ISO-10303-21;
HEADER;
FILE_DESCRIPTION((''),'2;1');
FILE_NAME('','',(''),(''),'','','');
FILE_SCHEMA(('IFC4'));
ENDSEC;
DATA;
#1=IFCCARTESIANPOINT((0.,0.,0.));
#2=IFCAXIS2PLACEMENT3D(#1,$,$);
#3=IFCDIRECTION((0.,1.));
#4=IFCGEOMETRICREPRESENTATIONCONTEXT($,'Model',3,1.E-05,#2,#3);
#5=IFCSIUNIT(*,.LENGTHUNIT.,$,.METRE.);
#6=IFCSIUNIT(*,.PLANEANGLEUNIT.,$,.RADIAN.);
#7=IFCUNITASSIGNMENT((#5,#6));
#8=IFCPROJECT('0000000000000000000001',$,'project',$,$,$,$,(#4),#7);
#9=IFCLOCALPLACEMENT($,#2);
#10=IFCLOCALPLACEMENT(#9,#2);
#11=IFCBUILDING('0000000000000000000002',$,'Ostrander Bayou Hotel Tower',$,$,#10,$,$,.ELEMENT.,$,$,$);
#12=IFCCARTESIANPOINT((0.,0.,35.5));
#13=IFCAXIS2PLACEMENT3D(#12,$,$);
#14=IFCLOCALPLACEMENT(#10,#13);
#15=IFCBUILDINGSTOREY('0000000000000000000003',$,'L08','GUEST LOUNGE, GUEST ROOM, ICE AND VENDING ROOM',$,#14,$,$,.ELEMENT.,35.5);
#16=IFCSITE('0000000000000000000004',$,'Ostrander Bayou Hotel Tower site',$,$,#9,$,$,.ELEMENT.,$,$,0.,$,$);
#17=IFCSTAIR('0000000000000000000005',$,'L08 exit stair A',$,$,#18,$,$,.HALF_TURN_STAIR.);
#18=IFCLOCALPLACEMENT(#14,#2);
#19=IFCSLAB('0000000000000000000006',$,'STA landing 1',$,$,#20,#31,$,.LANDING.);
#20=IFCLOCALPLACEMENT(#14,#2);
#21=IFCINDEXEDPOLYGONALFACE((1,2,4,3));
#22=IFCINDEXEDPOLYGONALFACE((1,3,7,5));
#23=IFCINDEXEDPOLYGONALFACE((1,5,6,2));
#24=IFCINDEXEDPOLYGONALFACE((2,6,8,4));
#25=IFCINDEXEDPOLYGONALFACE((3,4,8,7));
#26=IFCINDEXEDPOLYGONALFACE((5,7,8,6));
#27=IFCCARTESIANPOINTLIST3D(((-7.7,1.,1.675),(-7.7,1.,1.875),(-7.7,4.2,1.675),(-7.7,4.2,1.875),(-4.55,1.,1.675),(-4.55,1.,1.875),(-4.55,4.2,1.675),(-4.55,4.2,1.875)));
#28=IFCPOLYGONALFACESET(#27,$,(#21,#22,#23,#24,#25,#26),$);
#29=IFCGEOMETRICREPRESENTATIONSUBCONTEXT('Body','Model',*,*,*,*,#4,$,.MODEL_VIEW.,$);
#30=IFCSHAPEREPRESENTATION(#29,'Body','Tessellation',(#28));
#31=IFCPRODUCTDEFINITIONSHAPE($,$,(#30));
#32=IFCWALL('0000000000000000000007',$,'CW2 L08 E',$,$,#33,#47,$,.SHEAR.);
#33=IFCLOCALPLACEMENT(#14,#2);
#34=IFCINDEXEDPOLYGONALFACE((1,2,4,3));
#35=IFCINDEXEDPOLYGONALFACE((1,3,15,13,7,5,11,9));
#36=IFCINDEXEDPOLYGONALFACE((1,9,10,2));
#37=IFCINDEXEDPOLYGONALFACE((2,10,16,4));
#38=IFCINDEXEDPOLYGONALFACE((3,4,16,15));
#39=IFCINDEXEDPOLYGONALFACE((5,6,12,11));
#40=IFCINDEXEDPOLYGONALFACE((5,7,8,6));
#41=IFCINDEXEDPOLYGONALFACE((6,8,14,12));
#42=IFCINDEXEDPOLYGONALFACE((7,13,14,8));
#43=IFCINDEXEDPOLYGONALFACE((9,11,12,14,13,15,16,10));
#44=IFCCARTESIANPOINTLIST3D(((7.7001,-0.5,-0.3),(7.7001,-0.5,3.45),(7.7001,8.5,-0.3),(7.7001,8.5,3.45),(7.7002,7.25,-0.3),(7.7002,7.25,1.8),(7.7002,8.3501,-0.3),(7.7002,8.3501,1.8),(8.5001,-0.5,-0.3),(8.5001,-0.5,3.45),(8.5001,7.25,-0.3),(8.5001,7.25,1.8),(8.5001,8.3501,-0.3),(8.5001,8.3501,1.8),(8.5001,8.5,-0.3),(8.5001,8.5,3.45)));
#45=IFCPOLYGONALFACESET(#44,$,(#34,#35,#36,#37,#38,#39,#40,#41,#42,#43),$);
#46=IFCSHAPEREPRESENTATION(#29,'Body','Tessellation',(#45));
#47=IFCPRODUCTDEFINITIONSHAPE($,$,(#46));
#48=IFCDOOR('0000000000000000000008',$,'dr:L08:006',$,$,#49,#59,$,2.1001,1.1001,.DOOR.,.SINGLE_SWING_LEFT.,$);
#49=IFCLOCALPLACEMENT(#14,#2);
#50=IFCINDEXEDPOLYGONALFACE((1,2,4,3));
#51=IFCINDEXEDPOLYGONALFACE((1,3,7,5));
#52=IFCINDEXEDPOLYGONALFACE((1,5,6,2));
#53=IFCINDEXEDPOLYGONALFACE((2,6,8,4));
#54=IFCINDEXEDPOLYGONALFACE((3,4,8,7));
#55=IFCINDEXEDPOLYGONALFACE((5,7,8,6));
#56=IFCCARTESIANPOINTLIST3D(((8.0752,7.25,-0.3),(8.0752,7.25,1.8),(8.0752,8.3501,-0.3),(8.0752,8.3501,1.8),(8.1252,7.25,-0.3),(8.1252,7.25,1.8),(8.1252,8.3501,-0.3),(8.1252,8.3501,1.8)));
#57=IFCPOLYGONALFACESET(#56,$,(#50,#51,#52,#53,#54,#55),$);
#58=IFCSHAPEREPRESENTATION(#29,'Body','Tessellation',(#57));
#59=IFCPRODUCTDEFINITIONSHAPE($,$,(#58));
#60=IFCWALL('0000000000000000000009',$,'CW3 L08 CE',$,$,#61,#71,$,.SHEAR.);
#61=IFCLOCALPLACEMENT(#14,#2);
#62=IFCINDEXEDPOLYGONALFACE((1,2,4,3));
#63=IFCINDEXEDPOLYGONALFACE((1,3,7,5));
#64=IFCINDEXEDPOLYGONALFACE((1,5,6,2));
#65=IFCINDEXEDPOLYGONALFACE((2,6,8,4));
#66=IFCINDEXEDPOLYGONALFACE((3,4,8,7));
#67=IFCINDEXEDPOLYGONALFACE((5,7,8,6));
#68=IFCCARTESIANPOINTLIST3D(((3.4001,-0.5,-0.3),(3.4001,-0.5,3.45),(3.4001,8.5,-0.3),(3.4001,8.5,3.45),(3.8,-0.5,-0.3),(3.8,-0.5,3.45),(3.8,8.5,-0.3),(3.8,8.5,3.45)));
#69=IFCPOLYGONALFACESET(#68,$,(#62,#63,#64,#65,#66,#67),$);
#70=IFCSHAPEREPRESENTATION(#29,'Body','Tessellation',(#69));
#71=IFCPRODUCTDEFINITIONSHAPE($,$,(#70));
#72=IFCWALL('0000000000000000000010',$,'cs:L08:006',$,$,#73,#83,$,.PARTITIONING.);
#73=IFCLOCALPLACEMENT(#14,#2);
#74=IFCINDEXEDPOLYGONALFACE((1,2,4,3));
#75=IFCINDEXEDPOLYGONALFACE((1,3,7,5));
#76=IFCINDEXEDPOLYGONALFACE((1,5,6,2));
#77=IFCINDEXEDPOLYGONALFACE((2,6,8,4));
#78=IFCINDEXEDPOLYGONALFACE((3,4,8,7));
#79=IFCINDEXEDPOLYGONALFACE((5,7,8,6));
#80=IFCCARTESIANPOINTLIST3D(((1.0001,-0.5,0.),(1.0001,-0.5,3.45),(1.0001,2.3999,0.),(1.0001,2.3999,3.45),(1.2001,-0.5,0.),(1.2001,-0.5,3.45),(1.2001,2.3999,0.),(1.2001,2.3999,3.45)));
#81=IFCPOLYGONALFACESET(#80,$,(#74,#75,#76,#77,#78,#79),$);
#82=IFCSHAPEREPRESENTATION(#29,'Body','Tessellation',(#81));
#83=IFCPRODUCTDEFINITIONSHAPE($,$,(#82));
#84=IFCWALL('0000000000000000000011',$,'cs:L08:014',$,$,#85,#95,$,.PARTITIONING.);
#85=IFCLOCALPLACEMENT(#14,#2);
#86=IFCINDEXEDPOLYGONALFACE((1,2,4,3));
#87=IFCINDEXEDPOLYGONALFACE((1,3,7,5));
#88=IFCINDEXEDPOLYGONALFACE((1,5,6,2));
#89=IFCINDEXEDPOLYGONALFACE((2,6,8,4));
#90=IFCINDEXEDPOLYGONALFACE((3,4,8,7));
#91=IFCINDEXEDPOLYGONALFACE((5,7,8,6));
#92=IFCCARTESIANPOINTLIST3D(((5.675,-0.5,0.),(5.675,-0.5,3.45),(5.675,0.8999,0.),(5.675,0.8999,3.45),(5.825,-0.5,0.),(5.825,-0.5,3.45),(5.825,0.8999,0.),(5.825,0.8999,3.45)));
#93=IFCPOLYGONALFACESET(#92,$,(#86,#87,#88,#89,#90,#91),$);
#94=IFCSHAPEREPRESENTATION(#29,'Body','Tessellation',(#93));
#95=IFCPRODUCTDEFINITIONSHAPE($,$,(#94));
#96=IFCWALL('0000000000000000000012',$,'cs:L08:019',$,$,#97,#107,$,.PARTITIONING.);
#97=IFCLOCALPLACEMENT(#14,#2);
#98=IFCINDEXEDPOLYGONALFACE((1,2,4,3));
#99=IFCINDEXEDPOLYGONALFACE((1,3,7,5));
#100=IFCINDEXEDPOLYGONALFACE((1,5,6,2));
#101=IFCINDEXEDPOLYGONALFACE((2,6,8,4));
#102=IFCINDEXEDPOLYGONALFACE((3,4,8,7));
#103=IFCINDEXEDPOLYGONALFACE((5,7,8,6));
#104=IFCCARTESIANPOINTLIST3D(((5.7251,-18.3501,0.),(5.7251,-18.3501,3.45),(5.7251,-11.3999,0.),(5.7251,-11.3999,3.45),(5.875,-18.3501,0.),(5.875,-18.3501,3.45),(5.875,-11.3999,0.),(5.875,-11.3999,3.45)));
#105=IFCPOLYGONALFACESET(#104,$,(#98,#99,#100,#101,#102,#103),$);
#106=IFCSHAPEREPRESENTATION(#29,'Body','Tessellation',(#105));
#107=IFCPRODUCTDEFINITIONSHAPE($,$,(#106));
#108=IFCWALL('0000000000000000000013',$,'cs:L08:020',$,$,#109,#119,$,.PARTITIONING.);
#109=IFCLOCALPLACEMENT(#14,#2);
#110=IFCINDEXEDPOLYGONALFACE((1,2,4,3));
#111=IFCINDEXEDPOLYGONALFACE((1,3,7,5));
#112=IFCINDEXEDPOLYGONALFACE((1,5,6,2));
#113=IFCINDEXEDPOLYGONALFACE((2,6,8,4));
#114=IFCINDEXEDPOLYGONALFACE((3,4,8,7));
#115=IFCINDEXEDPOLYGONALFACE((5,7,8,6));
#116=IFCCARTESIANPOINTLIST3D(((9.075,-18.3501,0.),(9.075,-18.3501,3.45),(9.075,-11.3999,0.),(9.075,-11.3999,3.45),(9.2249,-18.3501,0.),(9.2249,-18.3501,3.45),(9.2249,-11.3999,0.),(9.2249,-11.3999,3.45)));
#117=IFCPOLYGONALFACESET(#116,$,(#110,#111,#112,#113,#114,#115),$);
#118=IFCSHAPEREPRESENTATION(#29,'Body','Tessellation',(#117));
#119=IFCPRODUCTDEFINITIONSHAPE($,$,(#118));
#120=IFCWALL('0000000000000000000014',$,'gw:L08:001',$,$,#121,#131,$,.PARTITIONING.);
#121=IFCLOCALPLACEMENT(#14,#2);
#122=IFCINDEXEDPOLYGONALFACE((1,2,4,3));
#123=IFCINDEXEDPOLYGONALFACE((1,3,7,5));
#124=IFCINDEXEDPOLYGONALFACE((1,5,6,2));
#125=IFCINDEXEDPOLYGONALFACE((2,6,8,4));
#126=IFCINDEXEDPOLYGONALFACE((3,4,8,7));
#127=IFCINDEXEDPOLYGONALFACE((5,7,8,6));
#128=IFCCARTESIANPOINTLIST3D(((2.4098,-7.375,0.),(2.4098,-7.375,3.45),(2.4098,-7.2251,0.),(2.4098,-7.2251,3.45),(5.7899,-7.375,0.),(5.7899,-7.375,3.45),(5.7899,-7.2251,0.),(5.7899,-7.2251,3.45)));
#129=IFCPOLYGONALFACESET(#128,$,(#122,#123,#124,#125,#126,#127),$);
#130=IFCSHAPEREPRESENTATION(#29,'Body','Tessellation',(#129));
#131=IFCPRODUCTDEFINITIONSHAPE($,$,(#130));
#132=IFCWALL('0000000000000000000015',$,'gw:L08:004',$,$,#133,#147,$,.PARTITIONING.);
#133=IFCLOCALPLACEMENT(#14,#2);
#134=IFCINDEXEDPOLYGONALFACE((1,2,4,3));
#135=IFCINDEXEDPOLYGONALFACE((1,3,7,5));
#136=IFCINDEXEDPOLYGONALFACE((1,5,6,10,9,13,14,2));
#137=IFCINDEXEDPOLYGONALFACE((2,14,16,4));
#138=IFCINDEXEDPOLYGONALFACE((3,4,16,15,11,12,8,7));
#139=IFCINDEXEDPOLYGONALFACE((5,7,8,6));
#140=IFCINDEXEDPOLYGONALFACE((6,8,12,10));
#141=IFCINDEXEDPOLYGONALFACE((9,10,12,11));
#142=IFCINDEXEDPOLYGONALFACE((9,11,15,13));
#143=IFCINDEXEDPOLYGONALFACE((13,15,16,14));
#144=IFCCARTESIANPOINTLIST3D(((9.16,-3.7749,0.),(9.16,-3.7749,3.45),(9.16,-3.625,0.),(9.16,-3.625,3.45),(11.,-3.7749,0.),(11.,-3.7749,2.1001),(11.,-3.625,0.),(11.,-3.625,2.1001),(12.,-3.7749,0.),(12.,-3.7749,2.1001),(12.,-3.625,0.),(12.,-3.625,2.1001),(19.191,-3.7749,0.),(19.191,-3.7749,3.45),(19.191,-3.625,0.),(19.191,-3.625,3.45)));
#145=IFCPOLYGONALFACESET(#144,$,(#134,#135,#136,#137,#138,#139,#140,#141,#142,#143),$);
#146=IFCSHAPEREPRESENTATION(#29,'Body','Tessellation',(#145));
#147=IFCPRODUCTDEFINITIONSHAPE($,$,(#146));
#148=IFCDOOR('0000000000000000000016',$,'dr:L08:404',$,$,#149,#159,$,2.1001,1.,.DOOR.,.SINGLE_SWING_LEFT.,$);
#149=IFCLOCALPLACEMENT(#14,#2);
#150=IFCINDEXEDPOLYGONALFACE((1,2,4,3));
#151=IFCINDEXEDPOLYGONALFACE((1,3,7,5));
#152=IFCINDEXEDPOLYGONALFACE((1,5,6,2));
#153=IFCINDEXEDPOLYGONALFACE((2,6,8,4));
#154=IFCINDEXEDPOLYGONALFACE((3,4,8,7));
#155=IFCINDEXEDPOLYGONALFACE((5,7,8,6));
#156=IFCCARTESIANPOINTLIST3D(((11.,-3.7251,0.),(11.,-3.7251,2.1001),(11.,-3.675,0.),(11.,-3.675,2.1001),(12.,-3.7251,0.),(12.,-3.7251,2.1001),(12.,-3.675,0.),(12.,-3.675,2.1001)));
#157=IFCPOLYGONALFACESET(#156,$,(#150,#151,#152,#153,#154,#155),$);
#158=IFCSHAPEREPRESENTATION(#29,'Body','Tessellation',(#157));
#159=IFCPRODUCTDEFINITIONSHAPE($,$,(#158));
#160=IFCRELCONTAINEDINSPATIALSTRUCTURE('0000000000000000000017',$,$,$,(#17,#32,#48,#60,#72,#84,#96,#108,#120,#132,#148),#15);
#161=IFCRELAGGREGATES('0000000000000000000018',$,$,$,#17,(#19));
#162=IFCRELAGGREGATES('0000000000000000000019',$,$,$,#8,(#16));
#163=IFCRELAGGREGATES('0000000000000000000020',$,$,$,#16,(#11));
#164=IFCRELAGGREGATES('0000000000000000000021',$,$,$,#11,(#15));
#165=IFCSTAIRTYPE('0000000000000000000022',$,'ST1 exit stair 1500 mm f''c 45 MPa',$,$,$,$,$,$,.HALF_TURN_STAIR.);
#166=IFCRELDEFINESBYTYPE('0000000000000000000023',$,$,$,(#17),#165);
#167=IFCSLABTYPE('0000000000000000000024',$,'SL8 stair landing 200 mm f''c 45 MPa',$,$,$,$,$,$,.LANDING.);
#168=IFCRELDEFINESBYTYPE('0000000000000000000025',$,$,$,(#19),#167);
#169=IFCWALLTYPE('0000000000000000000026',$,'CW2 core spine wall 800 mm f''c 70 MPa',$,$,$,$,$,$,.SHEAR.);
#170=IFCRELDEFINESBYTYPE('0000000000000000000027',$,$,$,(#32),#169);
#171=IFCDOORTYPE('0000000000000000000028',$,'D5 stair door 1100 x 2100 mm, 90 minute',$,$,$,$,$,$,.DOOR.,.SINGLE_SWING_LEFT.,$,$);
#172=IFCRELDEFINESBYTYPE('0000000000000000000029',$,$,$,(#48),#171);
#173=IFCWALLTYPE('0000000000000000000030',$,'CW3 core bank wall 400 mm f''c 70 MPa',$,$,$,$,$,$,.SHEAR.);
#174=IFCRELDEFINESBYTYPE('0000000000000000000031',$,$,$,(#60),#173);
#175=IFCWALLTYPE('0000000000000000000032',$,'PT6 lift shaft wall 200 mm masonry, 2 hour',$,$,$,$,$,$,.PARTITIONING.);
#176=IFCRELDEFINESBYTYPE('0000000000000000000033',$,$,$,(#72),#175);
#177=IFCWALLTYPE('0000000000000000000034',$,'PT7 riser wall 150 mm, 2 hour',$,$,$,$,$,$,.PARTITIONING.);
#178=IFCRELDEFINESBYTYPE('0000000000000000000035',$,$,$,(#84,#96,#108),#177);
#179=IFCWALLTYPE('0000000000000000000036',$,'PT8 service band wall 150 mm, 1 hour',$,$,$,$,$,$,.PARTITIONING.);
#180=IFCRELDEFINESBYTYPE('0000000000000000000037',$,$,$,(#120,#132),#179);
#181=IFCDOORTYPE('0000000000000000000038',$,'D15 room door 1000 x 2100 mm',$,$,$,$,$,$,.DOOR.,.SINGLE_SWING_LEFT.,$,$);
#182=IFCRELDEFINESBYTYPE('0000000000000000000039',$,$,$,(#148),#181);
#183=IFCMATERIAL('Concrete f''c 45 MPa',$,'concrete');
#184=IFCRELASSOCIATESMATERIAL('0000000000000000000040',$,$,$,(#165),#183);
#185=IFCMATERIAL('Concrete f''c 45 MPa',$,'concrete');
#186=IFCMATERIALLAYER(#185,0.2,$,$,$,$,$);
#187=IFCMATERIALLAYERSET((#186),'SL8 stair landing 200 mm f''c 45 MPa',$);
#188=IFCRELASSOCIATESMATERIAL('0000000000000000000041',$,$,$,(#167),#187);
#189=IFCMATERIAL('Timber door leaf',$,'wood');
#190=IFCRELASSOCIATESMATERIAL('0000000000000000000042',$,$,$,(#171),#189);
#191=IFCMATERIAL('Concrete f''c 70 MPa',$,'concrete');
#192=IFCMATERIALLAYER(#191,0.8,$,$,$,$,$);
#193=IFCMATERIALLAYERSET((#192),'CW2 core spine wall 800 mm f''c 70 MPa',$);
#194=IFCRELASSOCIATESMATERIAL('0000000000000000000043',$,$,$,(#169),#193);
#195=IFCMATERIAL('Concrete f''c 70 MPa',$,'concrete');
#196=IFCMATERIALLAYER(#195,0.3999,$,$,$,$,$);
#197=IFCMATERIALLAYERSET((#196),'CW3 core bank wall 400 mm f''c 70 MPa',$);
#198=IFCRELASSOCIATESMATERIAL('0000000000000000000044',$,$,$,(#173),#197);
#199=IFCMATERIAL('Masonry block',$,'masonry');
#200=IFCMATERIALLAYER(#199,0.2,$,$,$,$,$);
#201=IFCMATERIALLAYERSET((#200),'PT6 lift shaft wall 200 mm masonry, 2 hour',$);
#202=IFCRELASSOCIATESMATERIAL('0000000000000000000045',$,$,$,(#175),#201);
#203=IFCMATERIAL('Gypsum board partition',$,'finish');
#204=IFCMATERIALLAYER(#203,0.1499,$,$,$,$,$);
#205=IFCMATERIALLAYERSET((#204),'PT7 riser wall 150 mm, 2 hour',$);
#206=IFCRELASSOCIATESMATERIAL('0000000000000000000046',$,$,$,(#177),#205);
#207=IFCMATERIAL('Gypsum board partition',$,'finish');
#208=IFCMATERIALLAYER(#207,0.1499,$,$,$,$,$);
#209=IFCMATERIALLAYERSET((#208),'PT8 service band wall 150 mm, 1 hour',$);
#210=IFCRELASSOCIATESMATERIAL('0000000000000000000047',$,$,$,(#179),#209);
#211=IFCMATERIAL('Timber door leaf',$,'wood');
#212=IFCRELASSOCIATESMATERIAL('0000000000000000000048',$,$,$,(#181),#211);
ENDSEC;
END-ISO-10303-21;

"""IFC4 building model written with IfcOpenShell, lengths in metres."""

from ifc_helpers import new_model, si_unit, direction, frame, frame_2d, origin, place, context, subcontext, project, spatial, polyline, rectangle, outline, extrude, material, layer, layer_set, type_object, element, fill, aggregate, save


model = new_model("IFC4")

# Units and contexts
model_context = context("Model", 3, precision=1e-05, world=origin(), true_north=direction((0.0, 1.0)))
body_context = subcontext(model_context, "Body", "Model", "MODEL_VIEW")
ifc_project = project(units=[si_unit("LENGTHUNIT", "METRE"), si_unit("PLANEANGLEUNIT", "RADIAN")], contexts=[model_context])

# Site, building, storey
site_placement = place(None, origin())
site = spatial("IfcSite", under=ifc_project, at=site_placement, Name="Ostrander Bayou Hotel Tower site", CompositionType="ELEMENT", RefElevation=0.0)
building_placement = place(site_placement, origin())
building = spatial("IfcBuilding", under=site, at=building_placement, Name="Ostrander Bayou Hotel Tower", CompositionType="ELEMENT")
storey_placement = place(building_placement, frame((0.0, 0.0, 35.5)))
storey = spatial("IfcBuildingStorey", under=building, at=storey_placement, Name="L08", Description="GUEST LOUNGE, GUEST ROOM, ICE AND VENDING ROOM", CompositionType="ELEMENT", Elevation=35.5)

# Stair, slab
ifc_material_1 = material(Name="Concrete f'c 45 MPa", Category="concrete")
stair_type = type_object("IfcStairType", Name="ST1 exit stair 1500 mm f'c 45 MPa", PredefinedType="HALF_TURN_STAIR", material=ifc_material_1)
stair_1_placement = place(storey_placement, origin())
stair_1 = element("IfcStair", 1, at=stair_1_placement, inside=storey, type_object=stair_type, Name="L08 exit stair A", PredefinedType="HALF_TURN_STAIR")
ifc_material_2 = material(Name="Concrete f'c 45 MPa", Category="concrete")
ifc_layer_1 = layer(ifc_material_2, 0.2)
ifc_layer_set_1 = layer_set([ifc_layer_1], Name="SL8 stair landing 200 mm f'c 45 MPa")
slab_type = type_object("IfcSlabType", Name="SL8 stair landing 200 mm f'c 45 MPa", PredefinedType="LANDING", material=ifc_layer_set_1)
slab_placement = place(storey_placement, frame((0.0, 0.0, 1.675)))
slab = element("IfcSlab", 2, at=slab_placement, type_object=slab_type, Name="STA landing 1", PredefinedType="LANDING", context=body_context, shape_type="SweptSolid", body=[
    extrude(outline(polyline([(-7.7, 4.2), (-7.7, 1.0), (-4.55, 1.0), (-4.55, 4.2), (-7.7, 4.2)])), origin(), (0.0, 0.0, 1.0), 0.2),
])
aggregate(stair_1, [slab])

# Shared definitions
ifc_material_3 = material(Name="Timber door leaf", Category="wood")
door_type_1 = type_object("IfcDoorType", Name="D5 stair door 1100 x 2100 mm, 90 minute", OperationType="SINGLE_SWING_LEFT", PredefinedType="DOOR", material=ifc_material_3)

# Wall, opening, door
ifc_material_4 = material(Name="Concrete f'c 70 MPa", Category="concrete")
ifc_layer_2 = layer(ifc_material_4, 0.8)
ifc_layer_set_2 = layer_set([ifc_layer_2], Name="CW2 core spine wall 800 mm f'c 70 MPa")
wall_type_1 = type_object("IfcWallType", Name="CW2 core spine wall 800 mm f'c 70 MPa", PredefinedType="SHEAR", material=ifc_layer_set_2)
wall_1_placement = place(storey_placement, frame((8.1001, -0.5, -0.3), z_axis=(0.0, 0.0, 1.0), x_axis=(0.0, 1.0, 0.0)))
wall_1 = element("IfcWall", 3, at=wall_1_placement, inside=storey, type_object=wall_type_1, Name="CW2 L08 E", PredefinedType="SHEAR", context=body_context, shape_type="SweptSolid", body=[
    extrude(rectangle(XDim=9.0, YDim=0.8, at=frame_2d((4.5, 0.0))), origin(), (0.0, 0.0, 1.0), 3.75),
])
opening_1_placement = place(wall_1_placement, frame((7.75, 0.0, 0.0)))
opening_1 = element("IfcOpeningElement", 4, at=opening_1_placement, cuts=wall_1, PredefinedType="OPENING", context=body_context, shape_type="SweptSolid", body=[
    extrude(rectangle(XDim=1.1001, YDim=2.1001, at=frame_2d((0.55, 1.05))), frame((0.0, 0.3999, 0.0), z_axis=(0.0, -1.0, 0.0), x_axis=(1.0, 0.0, 0.0)), (0.0, 0.0, 1.0), 0.8),
])
door_1_placement = place(opening_1_placement, origin())
door_1 = element("IfcDoor", 5, at=door_1_placement, inside=storey, type_object=door_type_1, Name="dr:L08:006", OperationType="SINGLE_SWING_LEFT", OverallHeight=2.1001, OverallWidth=1.1001, PredefinedType="DOOR", context=body_context, shape_type="SweptSolid", body=[
    extrude(rectangle(XDim=1.1001, YDim=2.1001, at=frame_2d((0.55, 1.05))), frame((0.0, 0.0249, 0.0), z_axis=(0.0, -1.0, 0.0), x_axis=(1.0, 0.0, 0.0)), (0.0, 0.0, 1.0), 0.05),
])
fill(opening_1, door_1)

# Walls
ifc_material_5 = material(Name="Concrete f'c 70 MPa", Category="concrete")
ifc_layer_3 = layer(ifc_material_5, 0.3999)
ifc_layer_set_3 = layer_set([ifc_layer_3], Name="CW3 core bank wall 400 mm f'c 70 MPa")
wall_type_2 = type_object("IfcWallType", Name="CW3 core bank wall 400 mm f'c 70 MPa", PredefinedType="SHEAR", material=ifc_layer_set_3)
wall_2_placement = place(storey_placement, frame((3.6001, -0.5, -0.3), z_axis=(0.0, 0.0, 1.0), x_axis=(0.0, 1.0, 0.0)))
element("IfcWall", 6, at=wall_2_placement, inside=storey, type_object=wall_type_2, Name="CW3 L08 CE", PredefinedType="SHEAR", context=body_context, shape_type="SweptSolid", body=[
    extrude(rectangle(XDim=9.0, YDim=0.3999, at=frame_2d((4.5, 0.0))), origin(), (0.0, 0.0, 1.0), 3.75),
])
ifc_material_6 = material(Name="Masonry block", Category="masonry")
ifc_layer_4 = layer(ifc_material_6, 0.2)
ifc_layer_set_4 = layer_set([ifc_layer_4], Name="PT6 lift shaft wall 200 mm masonry, 2 hour")
wall_type_3 = type_object("IfcWallType", Name="PT6 lift shaft wall 200 mm masonry, 2 hour", PredefinedType="PARTITIONING", material=ifc_layer_set_4)
wall_3_placement = place(storey_placement, frame((1.1001, -0.5, 0.0), z_axis=(0.0, 0.0, 1.0), x_axis=(0.0, 1.0, 0.0)))
element("IfcWall", 7, at=wall_3_placement, inside=storey, type_object=wall_type_3, Name="cs:L08:006", PredefinedType="PARTITIONING", context=body_context, shape_type="SweptSolid", body=[
    extrude(rectangle(XDim=2.8999, YDim=0.2, at=frame_2d((1.45, 0.0))), origin(), (0.0, 0.0, 1.0), 3.45),
])
ifc_material_7 = material(Name="Gypsum board partition", Category="finish")
ifc_layer_5 = layer(ifc_material_7, 0.1499)
ifc_layer_set_5 = layer_set([ifc_layer_5], Name="PT7 riser wall 150 mm, 2 hour")
wall_type_4 = type_object("IfcWallType", Name="PT7 riser wall 150 mm, 2 hour", PredefinedType="PARTITIONING", material=ifc_layer_set_5)
wall_4_placement = place(storey_placement, frame((5.75, -0.5, 0.0), z_axis=(0.0, 0.0, 1.0), x_axis=(0.0, 1.0, 0.0)))
element("IfcWall", 8, at=wall_4_placement, inside=storey, type_object=wall_type_4, Name="cs:L08:014", PredefinedType="PARTITIONING", context=body_context, shape_type="SweptSolid", body=[
    extrude(rectangle(XDim=1.3999, YDim=0.1499, at=frame_2d((0.7, 0.0))), origin(), (0.0, 0.0, 1.0), 3.45),
])
for number, where, z_axis, x_axis, name in (
    (9, (5.8, -11.3999, 0.0), (0.0, 0.0, 1.0), (0.0, -1.0, 0.0), "cs:L08:019"),
    (10, (9.1499, -11.3999, 0.0), (0.0, 0.0, 1.0), (0.0, -1.0, 0.0), "cs:L08:020"),
):
    element("IfcWall", number, at=place(storey_placement, frame(where, z_axis=z_axis, x_axis=x_axis)), inside=storey, type_object=wall_type_4, Name=name, PredefinedType="PARTITIONING", context=body_context, shape_type="SweptSolid", body=[
        extrude(rectangle(XDim=6.9502, YDim=0.1499, at=frame_2d((3.4751, 0.0))), origin(), (0.0, 0.0, 1.0), 3.45),
    ])
ifc_material_8 = material(Name="Gypsum board partition", Category="finish")
ifc_layer_6 = layer(ifc_material_8, 0.1499)
ifc_layer_set_6 = layer_set([ifc_layer_6], Name="PT8 service band wall 150 mm, 1 hour")
wall_type_5 = type_object("IfcWallType", Name="PT8 service band wall 150 mm, 1 hour", PredefinedType="PARTITIONING", material=ifc_layer_set_6)
wall_5_placement = place(storey_placement, frame((2.4099, -7.3, 0.0), z_axis=(0.0, 0.0, 1.0), x_axis=(1.0, 0.0, 0.0)))
element("IfcWall", 11, at=wall_5_placement, inside=storey, type_object=wall_type_5, Name="gw:L08:001", PredefinedType="PARTITIONING", context=body_context, shape_type="SweptSolid", body=[
    extrude(rectangle(XDim=3.3801, YDim=0.1499, at=frame_2d((1.6899, 0.0))), origin(), (0.0, 0.0, 1.0), 3.45),
])

# Wall, opening, door
wall_6_placement = place(storey_placement, frame((9.1599, -3.7, 0.0), z_axis=(0.0, 0.0, 1.0), x_axis=(1.0, 0.0, 0.0)))
wall_6 = element("IfcWall", 12, at=wall_6_placement, inside=storey, type_object=wall_type_5, Name="gw:L08:004", PredefinedType="PARTITIONING", context=body_context, shape_type="SweptSolid", body=[
    extrude(rectangle(XDim=10.031, YDim=0.1499, at=frame_2d((5.0156, 0.0))), origin(), (0.0, 0.0, 1.0), 3.45),
])
opening_2_placement = place(wall_6_placement, frame((1.8401, 0.0, 0.0)))
opening_2 = element("IfcOpeningElement", 13, at=opening_2_placement, cuts=wall_6, PredefinedType="OPENING", context=body_context, shape_type="SweptSolid", body=[
    extrude(rectangle(XDim=1.0, YDim=2.1001, at=frame_2d((0.5, 1.05))), frame((0.0, 0.075, 0.0), z_axis=(0.0, -1.0, 0.0), x_axis=(1.0, 0.0, 0.0)), (0.0, 0.0, 1.0), 0.1499),
])
ifc_material_9 = material(Name="Timber door leaf", Category="wood")
door_type_2 = type_object("IfcDoorType", Name="D15 room door 1000 x 2100 mm", OperationType="SINGLE_SWING_LEFT", PredefinedType="DOOR", material=ifc_material_9)
door_2_placement = place(opening_2_placement, origin())
door_2 = element("IfcDoor", 14, at=door_2_placement, inside=storey, type_object=door_type_2, Name="dr:L08:404", OperationType="SINGLE_SWING_LEFT", OverallHeight=2.1001, OverallWidth=1.0, PredefinedType="DOOR", context=body_context, shape_type="SweptSolid", body=[
    extrude(rectangle(XDim=1.0, YDim=2.1001, at=frame_2d((0.5, 1.05))), frame((0.0, 0.0249, 0.0), z_axis=(0.0, -1.0, 0.0), x_axis=(1.0, 0.0, 0.0)), (0.0, 0.0, 1.0), 0.05),
])
fill(opening_2, door_2)

save(model, "model.ifc")
